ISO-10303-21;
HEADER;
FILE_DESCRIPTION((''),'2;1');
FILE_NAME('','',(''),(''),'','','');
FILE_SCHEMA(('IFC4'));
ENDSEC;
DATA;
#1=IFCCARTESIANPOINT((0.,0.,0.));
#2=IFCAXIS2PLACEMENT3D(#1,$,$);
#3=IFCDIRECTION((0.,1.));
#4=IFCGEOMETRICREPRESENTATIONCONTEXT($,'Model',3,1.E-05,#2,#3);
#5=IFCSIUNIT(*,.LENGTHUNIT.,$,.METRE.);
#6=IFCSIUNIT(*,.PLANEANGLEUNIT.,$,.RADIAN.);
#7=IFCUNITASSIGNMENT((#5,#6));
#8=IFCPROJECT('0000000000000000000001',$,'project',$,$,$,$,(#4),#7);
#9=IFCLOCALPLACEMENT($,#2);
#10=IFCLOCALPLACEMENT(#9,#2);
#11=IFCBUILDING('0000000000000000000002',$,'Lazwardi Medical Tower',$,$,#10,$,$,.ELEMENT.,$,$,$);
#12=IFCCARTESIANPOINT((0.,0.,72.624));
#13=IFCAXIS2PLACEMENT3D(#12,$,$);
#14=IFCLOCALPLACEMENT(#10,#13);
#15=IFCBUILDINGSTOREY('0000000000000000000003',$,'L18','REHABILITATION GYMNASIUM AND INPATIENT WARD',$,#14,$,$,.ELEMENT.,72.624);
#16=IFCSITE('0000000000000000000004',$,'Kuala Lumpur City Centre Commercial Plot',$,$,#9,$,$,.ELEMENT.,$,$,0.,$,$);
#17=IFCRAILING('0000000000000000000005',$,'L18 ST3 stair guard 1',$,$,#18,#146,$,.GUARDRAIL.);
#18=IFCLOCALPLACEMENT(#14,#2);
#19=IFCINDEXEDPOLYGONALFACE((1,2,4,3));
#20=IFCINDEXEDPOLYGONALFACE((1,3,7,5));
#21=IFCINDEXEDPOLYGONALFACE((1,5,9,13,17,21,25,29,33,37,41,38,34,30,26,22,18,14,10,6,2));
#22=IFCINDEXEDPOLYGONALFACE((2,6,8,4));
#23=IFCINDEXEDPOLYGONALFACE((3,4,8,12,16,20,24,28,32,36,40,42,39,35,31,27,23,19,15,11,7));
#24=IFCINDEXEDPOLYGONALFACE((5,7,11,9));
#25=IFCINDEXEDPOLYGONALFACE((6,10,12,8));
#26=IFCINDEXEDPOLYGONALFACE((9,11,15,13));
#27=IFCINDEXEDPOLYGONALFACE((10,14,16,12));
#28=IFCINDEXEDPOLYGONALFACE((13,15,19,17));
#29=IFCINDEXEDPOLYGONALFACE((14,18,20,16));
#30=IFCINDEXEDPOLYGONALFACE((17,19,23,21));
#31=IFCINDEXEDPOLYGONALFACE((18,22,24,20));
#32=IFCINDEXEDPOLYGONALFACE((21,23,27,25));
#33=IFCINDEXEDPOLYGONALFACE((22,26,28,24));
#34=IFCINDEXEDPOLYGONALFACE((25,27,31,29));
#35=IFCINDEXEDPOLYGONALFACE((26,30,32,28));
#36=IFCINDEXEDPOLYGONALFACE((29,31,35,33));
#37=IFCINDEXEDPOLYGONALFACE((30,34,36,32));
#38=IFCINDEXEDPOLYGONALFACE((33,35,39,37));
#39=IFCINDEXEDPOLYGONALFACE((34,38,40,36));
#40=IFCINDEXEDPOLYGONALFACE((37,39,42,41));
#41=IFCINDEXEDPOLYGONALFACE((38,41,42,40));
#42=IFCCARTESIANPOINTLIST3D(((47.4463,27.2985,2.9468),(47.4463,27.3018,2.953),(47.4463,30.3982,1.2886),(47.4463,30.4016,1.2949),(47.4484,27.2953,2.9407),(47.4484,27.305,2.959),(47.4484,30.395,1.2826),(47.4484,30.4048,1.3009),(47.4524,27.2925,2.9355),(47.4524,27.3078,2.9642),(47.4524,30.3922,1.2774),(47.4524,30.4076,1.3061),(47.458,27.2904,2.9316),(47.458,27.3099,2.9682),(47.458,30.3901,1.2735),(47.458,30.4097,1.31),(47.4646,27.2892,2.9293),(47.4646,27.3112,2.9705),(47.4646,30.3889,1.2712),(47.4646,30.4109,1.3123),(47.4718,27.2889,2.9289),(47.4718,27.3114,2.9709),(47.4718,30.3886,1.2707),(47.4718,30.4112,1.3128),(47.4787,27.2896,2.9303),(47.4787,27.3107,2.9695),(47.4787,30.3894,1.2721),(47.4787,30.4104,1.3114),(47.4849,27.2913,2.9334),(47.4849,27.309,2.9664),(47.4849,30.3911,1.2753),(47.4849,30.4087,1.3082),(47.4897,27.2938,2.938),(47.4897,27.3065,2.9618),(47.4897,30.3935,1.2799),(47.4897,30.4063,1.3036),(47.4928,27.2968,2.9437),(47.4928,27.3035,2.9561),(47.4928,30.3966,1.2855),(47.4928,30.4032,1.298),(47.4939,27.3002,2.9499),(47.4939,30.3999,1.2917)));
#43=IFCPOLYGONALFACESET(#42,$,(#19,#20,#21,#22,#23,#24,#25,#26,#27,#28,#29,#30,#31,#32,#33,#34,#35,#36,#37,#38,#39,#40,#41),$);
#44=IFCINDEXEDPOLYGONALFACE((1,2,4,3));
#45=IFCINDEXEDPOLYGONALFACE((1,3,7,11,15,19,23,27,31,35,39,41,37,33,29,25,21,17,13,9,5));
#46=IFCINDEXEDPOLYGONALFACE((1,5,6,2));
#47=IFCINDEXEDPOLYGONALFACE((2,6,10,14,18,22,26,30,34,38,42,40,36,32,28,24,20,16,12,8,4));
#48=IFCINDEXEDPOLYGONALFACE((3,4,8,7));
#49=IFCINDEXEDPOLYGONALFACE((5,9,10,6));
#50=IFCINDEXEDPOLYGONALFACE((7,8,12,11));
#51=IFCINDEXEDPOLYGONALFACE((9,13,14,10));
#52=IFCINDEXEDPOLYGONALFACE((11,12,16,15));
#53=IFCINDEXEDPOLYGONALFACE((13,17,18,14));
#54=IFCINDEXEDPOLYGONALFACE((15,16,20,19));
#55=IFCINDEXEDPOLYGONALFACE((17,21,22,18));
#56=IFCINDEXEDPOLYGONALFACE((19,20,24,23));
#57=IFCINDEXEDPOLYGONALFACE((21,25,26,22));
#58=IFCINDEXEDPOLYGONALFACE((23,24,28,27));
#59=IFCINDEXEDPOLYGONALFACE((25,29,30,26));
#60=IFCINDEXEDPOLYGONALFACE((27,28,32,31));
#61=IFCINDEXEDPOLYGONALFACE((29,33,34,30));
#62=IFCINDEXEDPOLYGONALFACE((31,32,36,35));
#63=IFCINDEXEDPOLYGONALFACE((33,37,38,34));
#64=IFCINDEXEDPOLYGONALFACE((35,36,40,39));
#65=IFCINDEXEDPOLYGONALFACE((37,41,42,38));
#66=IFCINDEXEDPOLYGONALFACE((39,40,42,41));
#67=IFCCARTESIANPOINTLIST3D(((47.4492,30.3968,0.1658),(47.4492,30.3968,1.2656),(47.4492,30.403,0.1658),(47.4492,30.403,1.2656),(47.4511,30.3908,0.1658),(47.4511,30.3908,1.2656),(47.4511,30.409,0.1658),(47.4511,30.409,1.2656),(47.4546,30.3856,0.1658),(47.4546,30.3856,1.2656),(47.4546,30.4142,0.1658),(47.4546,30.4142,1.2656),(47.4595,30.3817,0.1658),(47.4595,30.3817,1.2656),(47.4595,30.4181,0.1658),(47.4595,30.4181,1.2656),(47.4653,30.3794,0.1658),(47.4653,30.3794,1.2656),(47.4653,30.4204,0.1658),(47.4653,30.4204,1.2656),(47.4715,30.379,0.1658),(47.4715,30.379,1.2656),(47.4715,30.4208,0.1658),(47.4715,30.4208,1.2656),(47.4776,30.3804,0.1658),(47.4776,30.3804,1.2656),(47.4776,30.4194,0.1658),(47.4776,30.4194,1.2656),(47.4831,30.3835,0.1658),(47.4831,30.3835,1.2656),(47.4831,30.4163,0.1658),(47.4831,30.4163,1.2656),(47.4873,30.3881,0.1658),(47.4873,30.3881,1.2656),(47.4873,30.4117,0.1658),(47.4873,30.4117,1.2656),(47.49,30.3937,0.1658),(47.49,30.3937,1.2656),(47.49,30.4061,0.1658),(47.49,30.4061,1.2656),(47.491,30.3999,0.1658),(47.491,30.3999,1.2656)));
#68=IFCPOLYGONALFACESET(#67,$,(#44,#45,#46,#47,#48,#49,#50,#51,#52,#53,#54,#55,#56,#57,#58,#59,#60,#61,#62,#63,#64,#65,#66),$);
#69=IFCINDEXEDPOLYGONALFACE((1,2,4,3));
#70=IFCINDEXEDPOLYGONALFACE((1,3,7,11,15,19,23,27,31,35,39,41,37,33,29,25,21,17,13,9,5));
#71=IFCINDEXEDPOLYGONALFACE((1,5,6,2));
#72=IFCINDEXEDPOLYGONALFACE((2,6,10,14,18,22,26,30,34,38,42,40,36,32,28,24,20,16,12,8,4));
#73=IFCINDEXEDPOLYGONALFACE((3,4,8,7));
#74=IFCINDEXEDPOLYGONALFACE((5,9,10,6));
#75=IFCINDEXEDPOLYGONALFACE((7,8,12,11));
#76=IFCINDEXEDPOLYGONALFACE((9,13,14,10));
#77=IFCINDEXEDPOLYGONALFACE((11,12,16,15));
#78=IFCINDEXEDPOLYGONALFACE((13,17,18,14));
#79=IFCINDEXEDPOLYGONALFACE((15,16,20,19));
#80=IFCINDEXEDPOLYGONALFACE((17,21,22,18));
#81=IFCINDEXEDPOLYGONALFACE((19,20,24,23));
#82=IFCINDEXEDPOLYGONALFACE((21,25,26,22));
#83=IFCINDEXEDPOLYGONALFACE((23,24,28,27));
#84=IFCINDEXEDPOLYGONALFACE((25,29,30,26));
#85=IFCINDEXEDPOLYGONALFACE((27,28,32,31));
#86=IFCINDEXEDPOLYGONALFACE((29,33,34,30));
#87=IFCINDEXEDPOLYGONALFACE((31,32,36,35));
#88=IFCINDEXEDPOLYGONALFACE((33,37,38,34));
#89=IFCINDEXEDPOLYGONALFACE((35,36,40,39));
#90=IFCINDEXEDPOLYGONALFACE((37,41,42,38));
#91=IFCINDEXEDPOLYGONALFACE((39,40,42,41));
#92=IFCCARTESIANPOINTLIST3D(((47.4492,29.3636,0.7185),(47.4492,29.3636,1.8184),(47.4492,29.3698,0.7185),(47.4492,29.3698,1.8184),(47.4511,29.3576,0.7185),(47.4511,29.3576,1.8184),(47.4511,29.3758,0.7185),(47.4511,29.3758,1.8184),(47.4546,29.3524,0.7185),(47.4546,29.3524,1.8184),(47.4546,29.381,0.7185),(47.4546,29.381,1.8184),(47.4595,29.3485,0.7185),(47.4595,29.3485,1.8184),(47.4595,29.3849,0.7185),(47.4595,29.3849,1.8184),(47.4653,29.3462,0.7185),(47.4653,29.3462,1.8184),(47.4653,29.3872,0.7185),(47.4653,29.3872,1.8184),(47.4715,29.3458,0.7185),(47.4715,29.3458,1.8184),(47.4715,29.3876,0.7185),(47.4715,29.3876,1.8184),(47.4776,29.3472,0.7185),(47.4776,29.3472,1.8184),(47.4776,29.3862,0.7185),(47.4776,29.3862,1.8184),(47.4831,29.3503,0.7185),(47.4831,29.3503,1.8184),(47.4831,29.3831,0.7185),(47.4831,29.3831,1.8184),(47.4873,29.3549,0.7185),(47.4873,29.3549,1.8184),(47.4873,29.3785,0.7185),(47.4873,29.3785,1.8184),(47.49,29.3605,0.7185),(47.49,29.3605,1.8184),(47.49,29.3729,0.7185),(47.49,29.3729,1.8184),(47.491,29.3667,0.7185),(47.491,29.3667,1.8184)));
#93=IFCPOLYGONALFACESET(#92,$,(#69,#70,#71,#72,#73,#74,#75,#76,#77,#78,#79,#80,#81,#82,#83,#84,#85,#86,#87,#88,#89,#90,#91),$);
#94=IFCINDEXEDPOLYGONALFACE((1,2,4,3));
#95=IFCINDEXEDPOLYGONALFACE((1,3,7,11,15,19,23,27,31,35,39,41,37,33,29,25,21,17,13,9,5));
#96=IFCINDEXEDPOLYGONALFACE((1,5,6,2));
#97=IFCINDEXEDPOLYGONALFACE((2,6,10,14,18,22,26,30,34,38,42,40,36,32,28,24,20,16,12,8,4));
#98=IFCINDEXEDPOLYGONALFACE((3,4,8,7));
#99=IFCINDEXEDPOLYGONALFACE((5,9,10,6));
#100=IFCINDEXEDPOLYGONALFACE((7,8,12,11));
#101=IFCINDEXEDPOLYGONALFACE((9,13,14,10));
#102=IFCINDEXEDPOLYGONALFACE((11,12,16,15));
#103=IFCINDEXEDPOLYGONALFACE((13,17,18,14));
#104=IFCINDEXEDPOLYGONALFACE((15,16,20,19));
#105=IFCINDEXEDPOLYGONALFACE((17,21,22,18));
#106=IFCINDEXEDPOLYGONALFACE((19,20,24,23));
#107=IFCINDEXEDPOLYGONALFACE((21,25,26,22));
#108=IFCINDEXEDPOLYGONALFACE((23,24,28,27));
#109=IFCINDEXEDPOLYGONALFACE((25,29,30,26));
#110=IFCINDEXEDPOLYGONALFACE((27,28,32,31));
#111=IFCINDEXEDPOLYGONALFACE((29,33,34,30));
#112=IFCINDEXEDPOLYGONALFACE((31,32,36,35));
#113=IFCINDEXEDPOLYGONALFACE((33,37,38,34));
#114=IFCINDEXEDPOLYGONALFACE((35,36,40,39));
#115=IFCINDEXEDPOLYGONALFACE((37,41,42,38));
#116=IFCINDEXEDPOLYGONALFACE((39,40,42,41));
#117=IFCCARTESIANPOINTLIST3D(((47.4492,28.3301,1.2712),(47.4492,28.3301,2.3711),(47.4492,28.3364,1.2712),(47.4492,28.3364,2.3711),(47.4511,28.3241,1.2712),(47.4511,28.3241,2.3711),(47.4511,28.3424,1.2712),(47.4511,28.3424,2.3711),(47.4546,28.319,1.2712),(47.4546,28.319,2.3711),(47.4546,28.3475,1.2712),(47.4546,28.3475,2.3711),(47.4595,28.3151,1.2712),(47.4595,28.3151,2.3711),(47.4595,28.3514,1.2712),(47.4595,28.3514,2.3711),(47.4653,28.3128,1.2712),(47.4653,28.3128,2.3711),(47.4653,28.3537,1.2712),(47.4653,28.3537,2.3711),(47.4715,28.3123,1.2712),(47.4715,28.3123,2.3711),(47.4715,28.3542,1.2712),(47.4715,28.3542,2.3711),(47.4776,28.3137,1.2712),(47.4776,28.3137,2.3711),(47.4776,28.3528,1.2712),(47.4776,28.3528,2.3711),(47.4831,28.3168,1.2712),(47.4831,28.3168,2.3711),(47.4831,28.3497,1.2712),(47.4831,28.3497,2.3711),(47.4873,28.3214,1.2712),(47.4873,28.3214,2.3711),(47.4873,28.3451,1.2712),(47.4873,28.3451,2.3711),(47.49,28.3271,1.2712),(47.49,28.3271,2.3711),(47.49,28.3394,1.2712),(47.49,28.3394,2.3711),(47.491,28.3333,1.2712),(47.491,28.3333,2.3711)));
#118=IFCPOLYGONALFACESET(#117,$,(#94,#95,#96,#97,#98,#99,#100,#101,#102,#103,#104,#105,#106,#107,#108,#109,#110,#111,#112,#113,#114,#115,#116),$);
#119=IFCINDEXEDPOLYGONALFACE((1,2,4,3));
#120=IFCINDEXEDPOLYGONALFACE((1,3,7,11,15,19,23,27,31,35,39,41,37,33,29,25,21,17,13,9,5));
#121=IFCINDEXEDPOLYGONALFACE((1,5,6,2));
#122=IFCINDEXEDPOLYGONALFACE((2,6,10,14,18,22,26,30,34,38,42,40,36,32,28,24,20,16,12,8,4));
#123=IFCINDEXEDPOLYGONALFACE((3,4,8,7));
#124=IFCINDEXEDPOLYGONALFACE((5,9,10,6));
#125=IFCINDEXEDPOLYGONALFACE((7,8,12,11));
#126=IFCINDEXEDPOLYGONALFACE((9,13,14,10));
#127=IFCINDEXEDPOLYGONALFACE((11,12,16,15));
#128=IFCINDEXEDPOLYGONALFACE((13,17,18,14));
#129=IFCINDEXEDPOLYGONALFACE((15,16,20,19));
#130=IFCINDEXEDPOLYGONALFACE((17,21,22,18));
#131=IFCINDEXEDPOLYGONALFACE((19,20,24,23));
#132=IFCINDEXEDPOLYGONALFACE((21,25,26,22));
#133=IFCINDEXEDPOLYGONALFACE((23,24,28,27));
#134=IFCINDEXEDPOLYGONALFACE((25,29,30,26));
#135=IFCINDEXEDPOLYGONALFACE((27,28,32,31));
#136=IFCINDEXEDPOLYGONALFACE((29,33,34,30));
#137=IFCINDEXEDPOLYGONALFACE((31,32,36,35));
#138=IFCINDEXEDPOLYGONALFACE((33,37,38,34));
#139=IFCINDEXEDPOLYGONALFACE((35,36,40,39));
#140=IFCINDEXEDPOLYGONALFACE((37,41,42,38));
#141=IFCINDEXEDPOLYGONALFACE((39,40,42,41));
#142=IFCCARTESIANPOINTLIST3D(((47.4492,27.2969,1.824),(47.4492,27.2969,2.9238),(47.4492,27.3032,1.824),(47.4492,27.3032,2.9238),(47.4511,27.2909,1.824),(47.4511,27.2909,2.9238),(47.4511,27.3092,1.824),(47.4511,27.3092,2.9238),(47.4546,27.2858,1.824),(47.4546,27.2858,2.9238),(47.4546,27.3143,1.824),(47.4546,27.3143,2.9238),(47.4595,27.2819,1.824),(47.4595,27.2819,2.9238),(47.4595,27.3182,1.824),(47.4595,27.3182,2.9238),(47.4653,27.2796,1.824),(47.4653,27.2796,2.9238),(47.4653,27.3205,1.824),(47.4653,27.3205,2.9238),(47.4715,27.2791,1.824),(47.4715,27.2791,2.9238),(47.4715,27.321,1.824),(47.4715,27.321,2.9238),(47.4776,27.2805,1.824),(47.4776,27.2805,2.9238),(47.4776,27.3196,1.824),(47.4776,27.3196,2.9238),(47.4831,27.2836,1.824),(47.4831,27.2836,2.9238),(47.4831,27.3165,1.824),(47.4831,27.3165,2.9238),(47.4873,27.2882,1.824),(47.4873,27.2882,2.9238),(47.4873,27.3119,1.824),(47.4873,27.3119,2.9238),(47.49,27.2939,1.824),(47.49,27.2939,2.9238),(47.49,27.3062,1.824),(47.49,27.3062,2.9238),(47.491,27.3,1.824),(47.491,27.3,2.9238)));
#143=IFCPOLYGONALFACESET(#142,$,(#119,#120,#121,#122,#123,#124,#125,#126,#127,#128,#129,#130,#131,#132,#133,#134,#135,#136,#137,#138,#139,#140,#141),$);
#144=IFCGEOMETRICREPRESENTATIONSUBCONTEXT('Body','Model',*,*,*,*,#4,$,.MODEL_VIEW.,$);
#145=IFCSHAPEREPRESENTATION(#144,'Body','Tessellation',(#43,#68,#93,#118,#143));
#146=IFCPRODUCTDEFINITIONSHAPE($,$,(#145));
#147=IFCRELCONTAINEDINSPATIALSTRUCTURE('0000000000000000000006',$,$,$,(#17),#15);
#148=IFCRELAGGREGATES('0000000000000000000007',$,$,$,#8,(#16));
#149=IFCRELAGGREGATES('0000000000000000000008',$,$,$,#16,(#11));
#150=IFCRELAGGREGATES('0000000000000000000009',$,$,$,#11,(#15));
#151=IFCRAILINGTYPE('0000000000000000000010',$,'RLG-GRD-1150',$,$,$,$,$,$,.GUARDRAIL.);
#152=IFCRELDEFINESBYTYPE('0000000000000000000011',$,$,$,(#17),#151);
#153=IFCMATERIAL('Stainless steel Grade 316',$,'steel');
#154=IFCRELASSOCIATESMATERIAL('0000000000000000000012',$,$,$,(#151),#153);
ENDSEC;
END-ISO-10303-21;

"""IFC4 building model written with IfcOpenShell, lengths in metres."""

from ifc_helpers import new_model, si_unit, direction, frame, origin, origin_2d, place, context, subcontext, project, spatial, circle, extrude, material, type_object, element, save


model = new_model("IFC4")

# Units and contexts
model_context = context("Model", 3, precision=1e-05, world=origin(), true_north=direction((0.0, 1.0)))
body_context = subcontext(model_context, "Body", "Model", "MODEL_VIEW")
ifc_project = project(units=[si_unit("LENGTHUNIT", "METRE"), si_unit("PLANEANGLEUNIT", "RADIAN")], contexts=[model_context])

# Site, building, storey
site_placement = place(None, origin())
site = spatial("IfcSite", under=ifc_project, at=site_placement, Name="Kuala Lumpur City Centre Commercial Plot", CompositionType="ELEMENT", RefElevation=0.0)
building_placement = place(site_placement, origin())
building = spatial("IfcBuilding", under=site, at=building_placement, Name="Lazwardi Medical Tower", CompositionType="ELEMENT")
storey_placement = place(building_placement, frame((0.0, 0.0, 72.624)))
storey = spatial("IfcBuildingStorey", under=building, at=storey_placement, Name="L18", Description="REHABILITATION GYMNASIUM AND INPATIENT WARD", CompositionType="ELEMENT", Elevation=72.624)

# Railing
ifc_material_1 = material(Name="Stainless steel Grade 316", Category="steel")
railing_type_1 = type_object("IfcRailingType", Name="RLG-GRD-1150", PredefinedType="GUARDRAIL", material=ifc_material_1)
railing_1_placement = place(storey_placement, frame((47.47, 30.3999, 0.1658)))
element("IfcRailing", 1, at=railing_1_placement, inside=storey, type_object=railing_type_1, Name="L18 ST3 stair guard 1", PredefinedType="GUARDRAIL", context=body_context, shape_type="SweptSolid", body=[
    extrude(circle(Radius=0.0239, at=origin_2d()), frame((0.0, 0.0, 1.126), z_axis=(0.0, -0.881768, 0.471684), x_axis=(1.0, 0.0, 0.0)), (0.0, 0.0, 1.0), 3.5154),
    extrude(circle(Radius=0.021, at=origin_2d()), origin(), (0.0, 0.0, 1.0), 1.0999),
    extrude(circle(Radius=0.021, at=origin_2d()), frame((0.0, -1.0332, 0.5527)), (0.0, 0.0, 1.0), 1.0999),
    extrude(circle(Radius=0.021, at=origin_2d()), frame((0.0, -2.0667, 1.1055)), (0.0, 0.0, 1.0), 1.0999),
    extrude(circle(Radius=0.021, at=origin_2d()), frame((0.0, -3.0999, 1.6582)), (0.0, 0.0, 1.0), 1.0999),
])

save(model, "model.ifc")
